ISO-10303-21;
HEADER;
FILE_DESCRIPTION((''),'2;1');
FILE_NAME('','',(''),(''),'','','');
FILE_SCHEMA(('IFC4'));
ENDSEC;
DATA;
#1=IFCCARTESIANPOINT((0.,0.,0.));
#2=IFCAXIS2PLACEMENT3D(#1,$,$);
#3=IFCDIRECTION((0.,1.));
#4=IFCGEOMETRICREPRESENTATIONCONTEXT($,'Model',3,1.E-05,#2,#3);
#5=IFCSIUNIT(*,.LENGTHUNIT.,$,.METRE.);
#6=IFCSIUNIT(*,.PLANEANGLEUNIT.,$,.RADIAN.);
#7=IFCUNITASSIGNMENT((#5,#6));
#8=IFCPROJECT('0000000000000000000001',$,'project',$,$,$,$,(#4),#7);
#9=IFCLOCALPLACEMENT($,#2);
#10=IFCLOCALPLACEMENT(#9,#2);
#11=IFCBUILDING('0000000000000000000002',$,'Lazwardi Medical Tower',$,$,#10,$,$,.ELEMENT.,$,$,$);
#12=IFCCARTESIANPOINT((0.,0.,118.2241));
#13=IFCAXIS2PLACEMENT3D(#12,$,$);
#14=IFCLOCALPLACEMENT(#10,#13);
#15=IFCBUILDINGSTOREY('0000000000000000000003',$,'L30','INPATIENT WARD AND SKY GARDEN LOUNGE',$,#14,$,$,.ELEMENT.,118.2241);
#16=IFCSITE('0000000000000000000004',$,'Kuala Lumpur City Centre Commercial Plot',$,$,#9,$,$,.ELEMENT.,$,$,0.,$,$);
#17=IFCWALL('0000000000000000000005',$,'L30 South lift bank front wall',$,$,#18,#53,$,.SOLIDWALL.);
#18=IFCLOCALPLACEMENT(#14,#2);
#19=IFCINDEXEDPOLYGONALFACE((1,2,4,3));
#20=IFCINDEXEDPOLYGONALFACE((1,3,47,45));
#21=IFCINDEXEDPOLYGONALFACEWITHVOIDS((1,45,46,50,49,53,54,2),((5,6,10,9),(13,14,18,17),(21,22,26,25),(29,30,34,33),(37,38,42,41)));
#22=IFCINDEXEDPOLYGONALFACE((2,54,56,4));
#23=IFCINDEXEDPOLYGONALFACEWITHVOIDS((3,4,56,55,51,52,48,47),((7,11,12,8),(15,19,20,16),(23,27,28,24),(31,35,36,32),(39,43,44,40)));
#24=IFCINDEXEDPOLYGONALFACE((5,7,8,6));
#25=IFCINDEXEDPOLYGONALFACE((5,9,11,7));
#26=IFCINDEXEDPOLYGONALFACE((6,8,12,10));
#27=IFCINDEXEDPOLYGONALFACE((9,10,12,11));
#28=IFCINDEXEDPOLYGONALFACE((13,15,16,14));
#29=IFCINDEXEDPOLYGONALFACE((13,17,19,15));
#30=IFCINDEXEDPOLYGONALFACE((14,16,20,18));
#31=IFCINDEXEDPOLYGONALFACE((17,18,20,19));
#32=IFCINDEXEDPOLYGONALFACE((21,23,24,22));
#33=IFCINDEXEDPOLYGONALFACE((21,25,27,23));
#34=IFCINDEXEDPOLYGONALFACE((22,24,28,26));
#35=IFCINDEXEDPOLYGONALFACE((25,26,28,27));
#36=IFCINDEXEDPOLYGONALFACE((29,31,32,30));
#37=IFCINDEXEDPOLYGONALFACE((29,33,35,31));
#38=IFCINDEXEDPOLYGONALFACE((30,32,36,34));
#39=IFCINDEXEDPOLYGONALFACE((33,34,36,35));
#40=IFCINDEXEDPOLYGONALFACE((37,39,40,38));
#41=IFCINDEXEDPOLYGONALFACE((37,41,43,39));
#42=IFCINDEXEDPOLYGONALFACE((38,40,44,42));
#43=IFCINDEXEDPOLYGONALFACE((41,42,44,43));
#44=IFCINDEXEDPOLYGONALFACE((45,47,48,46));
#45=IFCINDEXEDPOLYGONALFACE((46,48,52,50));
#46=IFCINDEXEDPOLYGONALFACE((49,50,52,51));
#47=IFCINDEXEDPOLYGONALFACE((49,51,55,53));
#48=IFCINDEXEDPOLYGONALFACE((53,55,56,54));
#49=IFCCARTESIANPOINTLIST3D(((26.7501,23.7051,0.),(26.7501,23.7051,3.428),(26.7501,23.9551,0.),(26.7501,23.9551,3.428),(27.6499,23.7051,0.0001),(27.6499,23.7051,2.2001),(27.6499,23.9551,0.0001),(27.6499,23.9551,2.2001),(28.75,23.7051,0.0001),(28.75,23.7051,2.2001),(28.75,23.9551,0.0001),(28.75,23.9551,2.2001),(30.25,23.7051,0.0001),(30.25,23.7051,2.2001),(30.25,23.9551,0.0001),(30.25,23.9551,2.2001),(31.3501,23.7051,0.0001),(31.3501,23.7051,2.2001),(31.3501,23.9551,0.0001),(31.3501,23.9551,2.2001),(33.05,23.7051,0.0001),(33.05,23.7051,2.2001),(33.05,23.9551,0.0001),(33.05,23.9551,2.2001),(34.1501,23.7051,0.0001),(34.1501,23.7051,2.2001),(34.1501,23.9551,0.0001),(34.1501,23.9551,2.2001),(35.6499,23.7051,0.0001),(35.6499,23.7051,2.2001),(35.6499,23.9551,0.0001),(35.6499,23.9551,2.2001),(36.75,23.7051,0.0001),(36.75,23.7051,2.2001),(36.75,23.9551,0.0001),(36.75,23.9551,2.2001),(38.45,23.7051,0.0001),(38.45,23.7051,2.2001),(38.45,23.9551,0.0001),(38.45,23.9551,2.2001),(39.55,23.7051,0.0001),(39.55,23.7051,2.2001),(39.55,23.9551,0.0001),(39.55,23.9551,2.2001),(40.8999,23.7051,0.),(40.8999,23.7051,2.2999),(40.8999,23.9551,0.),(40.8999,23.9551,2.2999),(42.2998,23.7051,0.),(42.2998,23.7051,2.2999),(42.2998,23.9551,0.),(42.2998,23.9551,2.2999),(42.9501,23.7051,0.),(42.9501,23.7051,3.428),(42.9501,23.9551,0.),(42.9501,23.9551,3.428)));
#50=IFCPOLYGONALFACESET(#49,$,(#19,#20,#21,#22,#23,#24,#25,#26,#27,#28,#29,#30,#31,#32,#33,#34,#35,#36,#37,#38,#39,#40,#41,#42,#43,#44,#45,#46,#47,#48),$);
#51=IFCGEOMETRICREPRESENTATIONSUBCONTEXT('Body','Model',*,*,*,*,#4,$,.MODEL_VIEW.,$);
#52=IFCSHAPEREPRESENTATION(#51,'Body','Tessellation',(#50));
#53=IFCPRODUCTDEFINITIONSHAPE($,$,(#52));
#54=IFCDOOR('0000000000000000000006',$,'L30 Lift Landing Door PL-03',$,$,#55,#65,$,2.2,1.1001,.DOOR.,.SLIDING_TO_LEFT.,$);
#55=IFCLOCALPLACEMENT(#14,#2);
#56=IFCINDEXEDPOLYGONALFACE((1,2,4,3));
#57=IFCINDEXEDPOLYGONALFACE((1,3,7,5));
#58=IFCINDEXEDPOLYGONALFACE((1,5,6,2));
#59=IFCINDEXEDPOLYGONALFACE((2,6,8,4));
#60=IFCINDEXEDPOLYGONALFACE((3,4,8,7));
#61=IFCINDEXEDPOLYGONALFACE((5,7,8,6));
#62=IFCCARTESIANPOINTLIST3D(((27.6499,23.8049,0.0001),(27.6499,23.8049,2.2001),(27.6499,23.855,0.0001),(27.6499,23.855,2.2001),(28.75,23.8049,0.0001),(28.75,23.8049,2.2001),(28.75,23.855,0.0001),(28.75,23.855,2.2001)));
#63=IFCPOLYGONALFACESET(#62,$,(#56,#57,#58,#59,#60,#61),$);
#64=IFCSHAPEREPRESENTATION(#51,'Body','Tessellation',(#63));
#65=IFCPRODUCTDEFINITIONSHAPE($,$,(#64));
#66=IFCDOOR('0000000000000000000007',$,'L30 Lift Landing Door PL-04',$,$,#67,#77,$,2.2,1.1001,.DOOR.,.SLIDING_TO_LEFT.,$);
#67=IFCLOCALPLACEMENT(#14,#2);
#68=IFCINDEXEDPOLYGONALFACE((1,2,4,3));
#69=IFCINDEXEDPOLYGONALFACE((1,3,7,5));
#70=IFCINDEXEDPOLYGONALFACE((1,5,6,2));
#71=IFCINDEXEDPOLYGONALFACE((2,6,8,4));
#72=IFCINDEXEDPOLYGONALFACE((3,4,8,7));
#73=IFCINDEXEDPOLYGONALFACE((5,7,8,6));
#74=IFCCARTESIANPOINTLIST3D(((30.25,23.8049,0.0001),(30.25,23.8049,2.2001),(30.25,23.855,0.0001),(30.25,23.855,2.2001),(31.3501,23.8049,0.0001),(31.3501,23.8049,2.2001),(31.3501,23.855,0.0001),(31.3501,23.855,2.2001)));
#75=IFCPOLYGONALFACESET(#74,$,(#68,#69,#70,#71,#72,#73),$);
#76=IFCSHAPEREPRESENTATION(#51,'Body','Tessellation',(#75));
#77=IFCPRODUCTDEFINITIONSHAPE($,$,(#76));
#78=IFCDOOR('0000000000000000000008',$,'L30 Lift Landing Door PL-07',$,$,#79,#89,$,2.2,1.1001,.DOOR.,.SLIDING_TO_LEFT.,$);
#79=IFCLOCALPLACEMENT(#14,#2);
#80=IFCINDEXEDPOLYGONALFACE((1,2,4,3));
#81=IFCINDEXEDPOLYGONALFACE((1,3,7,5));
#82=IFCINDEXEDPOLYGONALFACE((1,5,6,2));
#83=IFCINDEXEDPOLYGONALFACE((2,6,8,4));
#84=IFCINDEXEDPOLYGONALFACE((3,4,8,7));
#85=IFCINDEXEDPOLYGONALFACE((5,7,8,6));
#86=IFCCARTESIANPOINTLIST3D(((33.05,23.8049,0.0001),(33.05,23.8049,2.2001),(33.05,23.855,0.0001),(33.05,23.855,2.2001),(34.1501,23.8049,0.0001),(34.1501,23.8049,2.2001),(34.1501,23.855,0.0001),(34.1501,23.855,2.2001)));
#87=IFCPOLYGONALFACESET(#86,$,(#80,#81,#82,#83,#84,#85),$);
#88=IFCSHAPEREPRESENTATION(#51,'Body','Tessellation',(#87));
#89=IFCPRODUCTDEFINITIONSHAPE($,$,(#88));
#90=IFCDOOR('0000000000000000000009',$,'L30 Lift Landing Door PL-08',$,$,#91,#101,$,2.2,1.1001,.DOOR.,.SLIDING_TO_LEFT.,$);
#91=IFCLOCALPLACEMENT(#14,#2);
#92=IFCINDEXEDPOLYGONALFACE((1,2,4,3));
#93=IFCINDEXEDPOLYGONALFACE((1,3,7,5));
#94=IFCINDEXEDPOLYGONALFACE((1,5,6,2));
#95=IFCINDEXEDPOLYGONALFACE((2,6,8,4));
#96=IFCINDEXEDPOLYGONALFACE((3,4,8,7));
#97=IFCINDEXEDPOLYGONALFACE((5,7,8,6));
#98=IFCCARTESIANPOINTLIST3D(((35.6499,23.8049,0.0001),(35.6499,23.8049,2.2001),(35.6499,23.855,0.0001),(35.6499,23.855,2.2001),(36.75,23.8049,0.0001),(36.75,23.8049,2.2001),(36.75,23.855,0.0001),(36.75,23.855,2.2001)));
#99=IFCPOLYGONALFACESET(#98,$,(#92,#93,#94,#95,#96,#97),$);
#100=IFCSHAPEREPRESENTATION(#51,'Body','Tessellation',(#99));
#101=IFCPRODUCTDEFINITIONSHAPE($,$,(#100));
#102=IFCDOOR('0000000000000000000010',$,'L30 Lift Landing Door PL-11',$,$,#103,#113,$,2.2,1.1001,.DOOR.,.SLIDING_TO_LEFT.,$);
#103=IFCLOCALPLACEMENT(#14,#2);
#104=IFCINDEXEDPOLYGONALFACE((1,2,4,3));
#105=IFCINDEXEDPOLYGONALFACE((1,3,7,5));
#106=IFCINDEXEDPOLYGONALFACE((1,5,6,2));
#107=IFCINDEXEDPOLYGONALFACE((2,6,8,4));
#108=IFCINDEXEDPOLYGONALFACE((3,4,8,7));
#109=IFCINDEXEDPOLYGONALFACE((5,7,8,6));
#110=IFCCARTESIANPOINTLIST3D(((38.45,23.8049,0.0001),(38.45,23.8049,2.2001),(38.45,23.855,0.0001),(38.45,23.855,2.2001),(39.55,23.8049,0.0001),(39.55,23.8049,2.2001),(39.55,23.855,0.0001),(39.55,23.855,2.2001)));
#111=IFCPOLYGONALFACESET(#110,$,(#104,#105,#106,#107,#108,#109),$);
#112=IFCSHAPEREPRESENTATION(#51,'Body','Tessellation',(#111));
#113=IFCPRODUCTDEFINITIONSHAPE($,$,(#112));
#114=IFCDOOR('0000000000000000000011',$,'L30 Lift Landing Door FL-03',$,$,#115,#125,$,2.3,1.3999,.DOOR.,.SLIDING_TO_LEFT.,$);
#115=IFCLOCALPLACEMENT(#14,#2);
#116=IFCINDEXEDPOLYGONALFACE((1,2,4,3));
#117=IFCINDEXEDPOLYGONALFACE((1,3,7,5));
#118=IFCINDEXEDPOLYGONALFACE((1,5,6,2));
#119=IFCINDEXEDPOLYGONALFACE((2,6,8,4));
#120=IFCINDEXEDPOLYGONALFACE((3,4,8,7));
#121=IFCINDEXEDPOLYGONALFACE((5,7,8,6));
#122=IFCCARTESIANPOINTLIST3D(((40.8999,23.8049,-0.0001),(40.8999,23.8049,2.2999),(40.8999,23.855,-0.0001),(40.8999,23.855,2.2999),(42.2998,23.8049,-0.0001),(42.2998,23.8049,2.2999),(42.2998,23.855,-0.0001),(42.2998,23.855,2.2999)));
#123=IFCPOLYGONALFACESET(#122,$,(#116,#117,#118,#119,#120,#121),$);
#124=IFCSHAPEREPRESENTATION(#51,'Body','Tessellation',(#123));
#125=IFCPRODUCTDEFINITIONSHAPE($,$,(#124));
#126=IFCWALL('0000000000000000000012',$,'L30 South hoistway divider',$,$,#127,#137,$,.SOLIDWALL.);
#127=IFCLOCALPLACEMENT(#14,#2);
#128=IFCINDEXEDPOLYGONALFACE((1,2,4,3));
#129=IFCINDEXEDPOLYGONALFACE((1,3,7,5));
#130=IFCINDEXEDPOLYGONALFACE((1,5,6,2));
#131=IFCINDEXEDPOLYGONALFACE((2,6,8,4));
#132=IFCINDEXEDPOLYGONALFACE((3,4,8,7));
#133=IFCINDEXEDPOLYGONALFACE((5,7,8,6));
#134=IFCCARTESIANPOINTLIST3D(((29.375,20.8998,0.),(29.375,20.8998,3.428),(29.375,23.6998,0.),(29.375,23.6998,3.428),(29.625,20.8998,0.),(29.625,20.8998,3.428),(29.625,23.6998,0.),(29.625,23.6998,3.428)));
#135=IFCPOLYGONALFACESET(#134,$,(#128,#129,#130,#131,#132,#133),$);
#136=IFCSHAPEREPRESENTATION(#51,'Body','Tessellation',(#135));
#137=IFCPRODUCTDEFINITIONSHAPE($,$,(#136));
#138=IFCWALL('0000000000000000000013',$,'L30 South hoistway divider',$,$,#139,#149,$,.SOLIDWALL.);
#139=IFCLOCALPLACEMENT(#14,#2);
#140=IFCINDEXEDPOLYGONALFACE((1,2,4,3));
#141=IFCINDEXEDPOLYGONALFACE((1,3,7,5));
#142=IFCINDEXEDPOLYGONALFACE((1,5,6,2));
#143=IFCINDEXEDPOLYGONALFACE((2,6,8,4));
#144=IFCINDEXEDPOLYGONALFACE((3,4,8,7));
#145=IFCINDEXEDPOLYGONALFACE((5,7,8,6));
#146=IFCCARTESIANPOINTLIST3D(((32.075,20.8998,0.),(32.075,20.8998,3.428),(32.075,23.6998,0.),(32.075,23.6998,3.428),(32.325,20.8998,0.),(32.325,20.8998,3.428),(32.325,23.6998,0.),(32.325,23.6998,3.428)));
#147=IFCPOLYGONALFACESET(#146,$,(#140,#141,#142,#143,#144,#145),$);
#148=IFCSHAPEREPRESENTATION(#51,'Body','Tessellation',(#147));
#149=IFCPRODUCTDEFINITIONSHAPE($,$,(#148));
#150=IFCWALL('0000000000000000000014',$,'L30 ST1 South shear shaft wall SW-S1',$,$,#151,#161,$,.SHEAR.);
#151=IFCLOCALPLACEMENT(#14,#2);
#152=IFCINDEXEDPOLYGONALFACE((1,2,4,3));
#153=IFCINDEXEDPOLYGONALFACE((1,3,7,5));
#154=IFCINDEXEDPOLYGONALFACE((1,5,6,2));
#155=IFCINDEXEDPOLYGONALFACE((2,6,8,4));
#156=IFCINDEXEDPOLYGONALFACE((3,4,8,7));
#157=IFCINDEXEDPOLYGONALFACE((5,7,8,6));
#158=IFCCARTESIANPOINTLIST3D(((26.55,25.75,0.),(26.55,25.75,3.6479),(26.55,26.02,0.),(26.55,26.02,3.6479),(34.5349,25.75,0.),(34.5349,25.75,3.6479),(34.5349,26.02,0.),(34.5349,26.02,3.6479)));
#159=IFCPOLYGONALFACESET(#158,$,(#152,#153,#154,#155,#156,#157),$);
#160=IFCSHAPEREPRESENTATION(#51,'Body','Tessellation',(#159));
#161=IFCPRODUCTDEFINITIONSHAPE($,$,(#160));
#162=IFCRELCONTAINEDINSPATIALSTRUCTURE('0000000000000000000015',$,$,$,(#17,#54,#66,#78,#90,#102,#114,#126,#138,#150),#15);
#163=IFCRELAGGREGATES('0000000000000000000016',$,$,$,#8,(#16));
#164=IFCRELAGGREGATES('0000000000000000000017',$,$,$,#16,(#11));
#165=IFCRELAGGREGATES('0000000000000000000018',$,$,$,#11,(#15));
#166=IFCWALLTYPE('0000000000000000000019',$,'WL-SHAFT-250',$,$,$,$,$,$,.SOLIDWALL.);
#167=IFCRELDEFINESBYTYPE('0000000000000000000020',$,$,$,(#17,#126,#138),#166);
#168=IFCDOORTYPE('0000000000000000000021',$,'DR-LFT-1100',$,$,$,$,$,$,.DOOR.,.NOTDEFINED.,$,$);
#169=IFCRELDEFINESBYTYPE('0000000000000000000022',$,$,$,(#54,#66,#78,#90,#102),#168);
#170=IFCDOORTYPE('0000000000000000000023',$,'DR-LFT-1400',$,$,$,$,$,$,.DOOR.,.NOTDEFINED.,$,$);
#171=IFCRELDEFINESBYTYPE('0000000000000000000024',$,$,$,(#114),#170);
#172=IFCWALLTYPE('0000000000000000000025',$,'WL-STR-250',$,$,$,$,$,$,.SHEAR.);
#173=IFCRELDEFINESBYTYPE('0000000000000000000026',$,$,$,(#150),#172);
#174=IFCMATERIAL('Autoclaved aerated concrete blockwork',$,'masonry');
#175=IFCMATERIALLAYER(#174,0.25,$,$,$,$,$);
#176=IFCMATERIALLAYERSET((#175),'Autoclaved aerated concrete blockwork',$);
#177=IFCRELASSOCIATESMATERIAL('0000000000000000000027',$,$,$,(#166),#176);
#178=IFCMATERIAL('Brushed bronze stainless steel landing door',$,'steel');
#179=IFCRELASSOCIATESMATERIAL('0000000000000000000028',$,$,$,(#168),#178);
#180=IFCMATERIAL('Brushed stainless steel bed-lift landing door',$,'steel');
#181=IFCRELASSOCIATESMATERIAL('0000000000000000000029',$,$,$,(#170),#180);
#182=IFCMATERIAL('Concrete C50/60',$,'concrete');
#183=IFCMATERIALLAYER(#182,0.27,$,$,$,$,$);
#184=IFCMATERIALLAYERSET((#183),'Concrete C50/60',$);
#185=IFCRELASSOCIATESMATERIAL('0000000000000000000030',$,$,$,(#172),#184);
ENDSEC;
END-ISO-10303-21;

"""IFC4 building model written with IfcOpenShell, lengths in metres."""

from ifc_helpers import new_model, si_unit, direction, frame, frame_2d, origin, place, context, subcontext, project, spatial, rectangle, extrude, material, layer, layer_set, type_object, element, fill, save


model = new_model("IFC4")

# Units and contexts
model_context = context("Model", 3, precision=1e-05, world=origin(), true_north=direction((0.0, 1.0)))
body_context = subcontext(model_context, "Body", "Model", "MODEL_VIEW")
ifc_project = project(units=[si_unit("LENGTHUNIT", "METRE"), si_unit("PLANEANGLEUNIT", "RADIAN")], contexts=[model_context])

# Site, building, storey
site_placement = place(None, origin())
site = spatial("IfcSite", under=ifc_project, at=site_placement, Name="Kuala Lumpur City Centre Commercial Plot", CompositionType="ELEMENT", RefElevation=0.0)
building_placement = place(site_placement, origin())
building = spatial("IfcBuilding", under=site, at=building_placement, Name="Lazwardi Medical Tower", CompositionType="ELEMENT")
storey_placement = place(building_placement, frame((0.0, 0.0, 118.2241)))
storey = spatial("IfcBuildingStorey", under=building, at=storey_placement, Name="L30", Description="INPATIENT WARD AND SKY GARDEN LOUNGE", CompositionType="ELEMENT", Elevation=118.2241)

# Wall, openings, doors
ifc_material_1 = material(Name="Autoclaved aerated concrete blockwork", Category="masonry")
ifc_layer_1 = layer(ifc_material_1, 0.25)
ifc_layer_set_1 = layer_set([ifc_layer_1], Name="Autoclaved aerated concrete blockwork")
wall_type_1 = type_object("IfcWallType", Name="WL-SHAFT-250", PredefinedType="SOLIDWALL", material=ifc_layer_set_1)
wall_1_placement = place(storey_placement, frame((26.75, 23.8301, 0.0), z_axis=(0.0, 0.0, 1.0), x_axis=(1.0, 0.0, 0.0)))
wall_1 = element("IfcWall", 1, at=wall_1_placement, inside=storey, type_object=wall_type_1, Name="L30 South lift bank front wall", PredefinedType="SOLIDWALL", context=body_context, shape_type="SweptSolid", body=[
    extrude(rectangle(XDim=16.2, YDim=0.25, at=frame_2d((8.1001, 0.0))), origin(), (0.0, 0.0, 1.0), 3.428),
])
opening_1_placement = place(wall_1_placement, frame((0.8999, 0.0, 0.0)))
opening_1 = element("IfcOpeningElement", 2, at=opening_1_placement, cuts=wall_1, PredefinedType="OPENING", context=body_context, shape_type="SweptSolid", body=[
    extrude(rectangle(XDim=1.1001, YDim=2.2, at=frame_2d((0.55, 1.1001))), frame((0.0, 0.135, 0.0), z_axis=(0.0, -1.0, 0.0), x_axis=(1.0, 0.0, 0.0)), (0.0, 0.0, 1.0), 0.27),
])
opening_2_placement = place(wall_1_placement, frame((3.5, 0.0, 0.0)))
opening_2 = element("IfcOpeningElement", 3, at=opening_2_placement, cuts=wall_1, PredefinedType="OPENING", context=body_context, shape_type="SweptSolid", body=[
    extrude(rectangle(XDim=1.1001, YDim=2.2, at=frame_2d((0.55, 1.1001))), frame((0.0, 0.135, 0.0), z_axis=(0.0, -1.0, 0.0), x_axis=(1.0, 0.0, 0.0)), (0.0, 0.0, 1.0), 0.27),
])
opening_3_placement = place(wall_1_placement, frame((6.3, 0.0, 0.0)))
opening_3 = element("IfcOpeningElement", 4, at=opening_3_placement, cuts=wall_1, PredefinedType="OPENING", context=body_context, shape_type="SweptSolid", body=[
    extrude(rectangle(XDim=1.1001, YDim=2.2, at=frame_2d((0.55, 1.1001))), frame((0.0, 0.135, 0.0), z_axis=(0.0, -1.0, 0.0), x_axis=(1.0, 0.0, 0.0)), (0.0, 0.0, 1.0), 0.27),
])
opening_4_placement = place(wall_1_placement, frame((8.8999, 0.0, 0.0)))
opening_4 = element("IfcOpeningElement", 5, at=opening_4_placement, cuts=wall_1, PredefinedType="OPENING", context=body_context, shape_type="SweptSolid", body=[
    extrude(rectangle(XDim=1.1001, YDim=2.2, at=frame_2d((0.55, 1.1001))), frame((0.0, 0.135, 0.0), z_axis=(0.0, -1.0, 0.0), x_axis=(1.0, 0.0, 0.0)), (0.0, 0.0, 1.0), 0.27),
])
opening_5_placement = place(wall_1_placement, frame((11.7, 0.0, 0.0)))
opening_5 = element("IfcOpeningElement", 6, at=opening_5_placement, cuts=wall_1, PredefinedType="OPENING", context=body_context, shape_type="SweptSolid", body=[
    extrude(rectangle(XDim=1.1001, YDim=2.2, at=frame_2d((0.55, 1.1001))), frame((0.0, 0.135, 0.0), z_axis=(0.0, -1.0, 0.0), x_axis=(1.0, 0.0, 0.0)), (0.0, 0.0, 1.0), 0.27),
])
opening_6_placement = place(wall_1_placement, frame((14.1499, 0.0, 0.0)))
opening_6 = element("IfcOpeningElement", 7, at=opening_6_placement, cuts=wall_1, PredefinedType="OPENING", context=body_context, shape_type="SweptSolid", body=[
    extrude(rectangle(XDim=1.3999, YDim=2.3, at=frame_2d((0.7, 1.1499))), frame((0.0, 0.135, 0.0), z_axis=(0.0, -1.0, 0.0), x_axis=(1.0, 0.0, 0.0)), (0.0, 0.0, 1.0), 0.27),
])
ifc_material_2 = material(Name="Brushed bronze stainless steel landing door", Category="steel")
door_type_1 = type_object("IfcDoorType", Name="DR-LFT-1100", OperationType="NOTDEFINED", PredefinedType="DOOR", material=ifc_material_2)
door_1_placement = place(opening_1_placement, origin())
door_1 = element("IfcDoor", 8, at=door_1_placement, inside=storey, type_object=door_type_1, Name="L30 Lift Landing Door PL-03", OperationType="SLIDING_TO_LEFT", OverallHeight=2.2, OverallWidth=1.1001, PredefinedType="DOOR", context=body_context, shape_type="SweptSolid", body=[
    extrude(rectangle(XDim=1.1001, YDim=2.2, at=frame_2d((0.55, 1.1001))), frame((0.0, 0.0249, 0.0), z_axis=(0.0, -1.0, 0.0), x_axis=(1.0, 0.0, 0.0)), (0.0, 0.0, 1.0), 0.05),
])
fill(opening_1, door_1)
door_2_placement = place(opening_2_placement, origin())
door_2 = element("IfcDoor", 9, at=door_2_placement, inside=storey, type_object=door_type_1, Name="L30 Lift Landing Door PL-04", OperationType="SLIDING_TO_LEFT", OverallHeight=2.2, OverallWidth=1.1001, PredefinedType="DOOR", context=body_context, shape_type="SweptSolid", body=[
    extrude(rectangle(XDim=1.1001, YDim=2.2, at=frame_2d((0.55, 1.1001))), frame((0.0, 0.0249, 0.0), z_axis=(0.0, -1.0, 0.0), x_axis=(1.0, 0.0, 0.0)), (0.0, 0.0, 1.0), 0.05),
])
fill(opening_2, door_2)
door_3_placement = place(opening_3_placement, origin())
door_3 = element("IfcDoor", 10, at=door_3_placement, inside=storey, type_object=door_type_1, Name="L30 Lift Landing Door PL-07", OperationType="SLIDING_TO_LEFT", OverallHeight=2.2, OverallWidth=1.1001, PredefinedType="DOOR", context=body_context, shape_type="SweptSolid", body=[
    extrude(rectangle(XDim=1.1001, YDim=2.2, at=frame_2d((0.55, 1.1001))), frame((0.0, 0.0249, 0.0), z_axis=(0.0, -1.0, 0.0), x_axis=(1.0, 0.0, 0.0)), (0.0, 0.0, 1.0), 0.05),
])
fill(opening_3, door_3)
door_4_placement = place(opening_4_placement, origin())
door_4 = element("IfcDoor", 11, at=door_4_placement, inside=storey, type_object=door_type_1, Name="L30 Lift Landing Door PL-08", OperationType="SLIDING_TO_LEFT", OverallHeight=2.2, OverallWidth=1.1001, PredefinedType="DOOR", context=body_context, shape_type="SweptSolid", body=[
    extrude(rectangle(XDim=1.1001, YDim=2.2, at=frame_2d((0.55, 1.1001))), frame((0.0, 0.0249, 0.0), z_axis=(0.0, -1.0, 0.0), x_axis=(1.0, 0.0, 0.0)), (0.0, 0.0, 1.0), 0.05),
])
fill(opening_4, door_4)
door_5_placement = place(opening_5_placement, origin())
door_5 = element("IfcDoor", 12, at=door_5_placement, inside=storey, type_object=door_type_1, Name="L30 Lift Landing Door PL-11", OperationType="SLIDING_TO_LEFT", OverallHeight=2.2, OverallWidth=1.1001, PredefinedType="DOOR", context=body_context, shape_type="SweptSolid", body=[
    extrude(rectangle(XDim=1.1001, YDim=2.2, at=frame_2d((0.55, 1.1001))), frame((0.0, 0.0249, 0.0), z_axis=(0.0, -1.0, 0.0), x_axis=(1.0, 0.0, 0.0)), (0.0, 0.0, 1.0), 0.05),
])
fill(opening_5, door_5)
ifc_material_3 = material(Name="Brushed stainless steel bed-lift landing door", Category="steel")
door_type_2 = type_object("IfcDoorType", Name="DR-LFT-1400", OperationType="NOTDEFINED", PredefinedType="DOOR", material=ifc_material_3)
door_6_placement = place(opening_6_placement, origin())
door_6 = element("IfcDoor", 13, at=door_6_placement, inside=storey, type_object=door_type_2, Name="L30 Lift Landing Door FL-03", OperationType="SLIDING_TO_LEFT", OverallHeight=2.3, OverallWidth=1.3999, PredefinedType="DOOR", context=body_context, shape_type="SweptSolid", body=[
    extrude(rectangle(XDim=1.3999, YDim=2.3, at=frame_2d((0.7, 1.1499))), frame((0.0, 0.0249, 0.0), z_axis=(0.0, -1.0, 0.0), x_axis=(1.0, 0.0, 0.0)), (0.0, 0.0, 1.0), 0.05),
])
fill(opening_6, door_6)

# Walls
for number, where, z_axis, x_axis, name in (
    (14, (29.5, 20.8999, 0.0), (0.0, 0.0, 1.0), (0.0, 1.0, 0.0), "L30 South hoistway divider"),
    (15, (32.2, 20.8999, 0.0), (0.0, 0.0, 1.0), (0.0, 1.0, 0.0), "L30 South hoistway divider"),
):
    element("IfcWall", number, at=place(storey_placement, frame(where, z_axis=z_axis, x_axis=x_axis)), inside=storey, type_object=wall_type_1, Name=name, PredefinedType="SOLIDWALL", context=body_context, shape_type="SweptSolid", body=[
        extrude(rectangle(XDim=2.8, YDim=0.25, at=frame_2d((1.3999, 0.0))), origin(), (0.0, 0.0, 1.0), 3.428),
    ])
ifc_material_4 = material(Name="Concrete C50/60", Category="concrete")
ifc_layer_2 = layer(ifc_material_4, 0.27)
ifc_layer_set_2 = layer_set([ifc_layer_2], Name="Concrete C50/60")
wall_type_2 = type_object("IfcWallType", Name="WL-STR-250", PredefinedType="SHEAR", material=ifc_layer_set_2)
wall_2_placement = place(storey_placement, frame((26.55, 25.885, 0.0), z_axis=(0.0, 0.0, 1.0), x_axis=(1.0, 0.0, 0.0)))
element("IfcWall", 16, at=wall_2_placement, inside=storey, type_object=wall_type_2, Name="L30 ST1 South shear shaft wall SW-S1", PredefinedType="SHEAR", context=body_context, shape_type="SweptSolid", body=[
    extrude(rectangle(XDim=7.9849, YDim=0.27, at=frame_2d((3.9924, 0.0))), origin(), (0.0, 0.0, 1.0), 3.6479),
])

save(model, "model.ifc")
